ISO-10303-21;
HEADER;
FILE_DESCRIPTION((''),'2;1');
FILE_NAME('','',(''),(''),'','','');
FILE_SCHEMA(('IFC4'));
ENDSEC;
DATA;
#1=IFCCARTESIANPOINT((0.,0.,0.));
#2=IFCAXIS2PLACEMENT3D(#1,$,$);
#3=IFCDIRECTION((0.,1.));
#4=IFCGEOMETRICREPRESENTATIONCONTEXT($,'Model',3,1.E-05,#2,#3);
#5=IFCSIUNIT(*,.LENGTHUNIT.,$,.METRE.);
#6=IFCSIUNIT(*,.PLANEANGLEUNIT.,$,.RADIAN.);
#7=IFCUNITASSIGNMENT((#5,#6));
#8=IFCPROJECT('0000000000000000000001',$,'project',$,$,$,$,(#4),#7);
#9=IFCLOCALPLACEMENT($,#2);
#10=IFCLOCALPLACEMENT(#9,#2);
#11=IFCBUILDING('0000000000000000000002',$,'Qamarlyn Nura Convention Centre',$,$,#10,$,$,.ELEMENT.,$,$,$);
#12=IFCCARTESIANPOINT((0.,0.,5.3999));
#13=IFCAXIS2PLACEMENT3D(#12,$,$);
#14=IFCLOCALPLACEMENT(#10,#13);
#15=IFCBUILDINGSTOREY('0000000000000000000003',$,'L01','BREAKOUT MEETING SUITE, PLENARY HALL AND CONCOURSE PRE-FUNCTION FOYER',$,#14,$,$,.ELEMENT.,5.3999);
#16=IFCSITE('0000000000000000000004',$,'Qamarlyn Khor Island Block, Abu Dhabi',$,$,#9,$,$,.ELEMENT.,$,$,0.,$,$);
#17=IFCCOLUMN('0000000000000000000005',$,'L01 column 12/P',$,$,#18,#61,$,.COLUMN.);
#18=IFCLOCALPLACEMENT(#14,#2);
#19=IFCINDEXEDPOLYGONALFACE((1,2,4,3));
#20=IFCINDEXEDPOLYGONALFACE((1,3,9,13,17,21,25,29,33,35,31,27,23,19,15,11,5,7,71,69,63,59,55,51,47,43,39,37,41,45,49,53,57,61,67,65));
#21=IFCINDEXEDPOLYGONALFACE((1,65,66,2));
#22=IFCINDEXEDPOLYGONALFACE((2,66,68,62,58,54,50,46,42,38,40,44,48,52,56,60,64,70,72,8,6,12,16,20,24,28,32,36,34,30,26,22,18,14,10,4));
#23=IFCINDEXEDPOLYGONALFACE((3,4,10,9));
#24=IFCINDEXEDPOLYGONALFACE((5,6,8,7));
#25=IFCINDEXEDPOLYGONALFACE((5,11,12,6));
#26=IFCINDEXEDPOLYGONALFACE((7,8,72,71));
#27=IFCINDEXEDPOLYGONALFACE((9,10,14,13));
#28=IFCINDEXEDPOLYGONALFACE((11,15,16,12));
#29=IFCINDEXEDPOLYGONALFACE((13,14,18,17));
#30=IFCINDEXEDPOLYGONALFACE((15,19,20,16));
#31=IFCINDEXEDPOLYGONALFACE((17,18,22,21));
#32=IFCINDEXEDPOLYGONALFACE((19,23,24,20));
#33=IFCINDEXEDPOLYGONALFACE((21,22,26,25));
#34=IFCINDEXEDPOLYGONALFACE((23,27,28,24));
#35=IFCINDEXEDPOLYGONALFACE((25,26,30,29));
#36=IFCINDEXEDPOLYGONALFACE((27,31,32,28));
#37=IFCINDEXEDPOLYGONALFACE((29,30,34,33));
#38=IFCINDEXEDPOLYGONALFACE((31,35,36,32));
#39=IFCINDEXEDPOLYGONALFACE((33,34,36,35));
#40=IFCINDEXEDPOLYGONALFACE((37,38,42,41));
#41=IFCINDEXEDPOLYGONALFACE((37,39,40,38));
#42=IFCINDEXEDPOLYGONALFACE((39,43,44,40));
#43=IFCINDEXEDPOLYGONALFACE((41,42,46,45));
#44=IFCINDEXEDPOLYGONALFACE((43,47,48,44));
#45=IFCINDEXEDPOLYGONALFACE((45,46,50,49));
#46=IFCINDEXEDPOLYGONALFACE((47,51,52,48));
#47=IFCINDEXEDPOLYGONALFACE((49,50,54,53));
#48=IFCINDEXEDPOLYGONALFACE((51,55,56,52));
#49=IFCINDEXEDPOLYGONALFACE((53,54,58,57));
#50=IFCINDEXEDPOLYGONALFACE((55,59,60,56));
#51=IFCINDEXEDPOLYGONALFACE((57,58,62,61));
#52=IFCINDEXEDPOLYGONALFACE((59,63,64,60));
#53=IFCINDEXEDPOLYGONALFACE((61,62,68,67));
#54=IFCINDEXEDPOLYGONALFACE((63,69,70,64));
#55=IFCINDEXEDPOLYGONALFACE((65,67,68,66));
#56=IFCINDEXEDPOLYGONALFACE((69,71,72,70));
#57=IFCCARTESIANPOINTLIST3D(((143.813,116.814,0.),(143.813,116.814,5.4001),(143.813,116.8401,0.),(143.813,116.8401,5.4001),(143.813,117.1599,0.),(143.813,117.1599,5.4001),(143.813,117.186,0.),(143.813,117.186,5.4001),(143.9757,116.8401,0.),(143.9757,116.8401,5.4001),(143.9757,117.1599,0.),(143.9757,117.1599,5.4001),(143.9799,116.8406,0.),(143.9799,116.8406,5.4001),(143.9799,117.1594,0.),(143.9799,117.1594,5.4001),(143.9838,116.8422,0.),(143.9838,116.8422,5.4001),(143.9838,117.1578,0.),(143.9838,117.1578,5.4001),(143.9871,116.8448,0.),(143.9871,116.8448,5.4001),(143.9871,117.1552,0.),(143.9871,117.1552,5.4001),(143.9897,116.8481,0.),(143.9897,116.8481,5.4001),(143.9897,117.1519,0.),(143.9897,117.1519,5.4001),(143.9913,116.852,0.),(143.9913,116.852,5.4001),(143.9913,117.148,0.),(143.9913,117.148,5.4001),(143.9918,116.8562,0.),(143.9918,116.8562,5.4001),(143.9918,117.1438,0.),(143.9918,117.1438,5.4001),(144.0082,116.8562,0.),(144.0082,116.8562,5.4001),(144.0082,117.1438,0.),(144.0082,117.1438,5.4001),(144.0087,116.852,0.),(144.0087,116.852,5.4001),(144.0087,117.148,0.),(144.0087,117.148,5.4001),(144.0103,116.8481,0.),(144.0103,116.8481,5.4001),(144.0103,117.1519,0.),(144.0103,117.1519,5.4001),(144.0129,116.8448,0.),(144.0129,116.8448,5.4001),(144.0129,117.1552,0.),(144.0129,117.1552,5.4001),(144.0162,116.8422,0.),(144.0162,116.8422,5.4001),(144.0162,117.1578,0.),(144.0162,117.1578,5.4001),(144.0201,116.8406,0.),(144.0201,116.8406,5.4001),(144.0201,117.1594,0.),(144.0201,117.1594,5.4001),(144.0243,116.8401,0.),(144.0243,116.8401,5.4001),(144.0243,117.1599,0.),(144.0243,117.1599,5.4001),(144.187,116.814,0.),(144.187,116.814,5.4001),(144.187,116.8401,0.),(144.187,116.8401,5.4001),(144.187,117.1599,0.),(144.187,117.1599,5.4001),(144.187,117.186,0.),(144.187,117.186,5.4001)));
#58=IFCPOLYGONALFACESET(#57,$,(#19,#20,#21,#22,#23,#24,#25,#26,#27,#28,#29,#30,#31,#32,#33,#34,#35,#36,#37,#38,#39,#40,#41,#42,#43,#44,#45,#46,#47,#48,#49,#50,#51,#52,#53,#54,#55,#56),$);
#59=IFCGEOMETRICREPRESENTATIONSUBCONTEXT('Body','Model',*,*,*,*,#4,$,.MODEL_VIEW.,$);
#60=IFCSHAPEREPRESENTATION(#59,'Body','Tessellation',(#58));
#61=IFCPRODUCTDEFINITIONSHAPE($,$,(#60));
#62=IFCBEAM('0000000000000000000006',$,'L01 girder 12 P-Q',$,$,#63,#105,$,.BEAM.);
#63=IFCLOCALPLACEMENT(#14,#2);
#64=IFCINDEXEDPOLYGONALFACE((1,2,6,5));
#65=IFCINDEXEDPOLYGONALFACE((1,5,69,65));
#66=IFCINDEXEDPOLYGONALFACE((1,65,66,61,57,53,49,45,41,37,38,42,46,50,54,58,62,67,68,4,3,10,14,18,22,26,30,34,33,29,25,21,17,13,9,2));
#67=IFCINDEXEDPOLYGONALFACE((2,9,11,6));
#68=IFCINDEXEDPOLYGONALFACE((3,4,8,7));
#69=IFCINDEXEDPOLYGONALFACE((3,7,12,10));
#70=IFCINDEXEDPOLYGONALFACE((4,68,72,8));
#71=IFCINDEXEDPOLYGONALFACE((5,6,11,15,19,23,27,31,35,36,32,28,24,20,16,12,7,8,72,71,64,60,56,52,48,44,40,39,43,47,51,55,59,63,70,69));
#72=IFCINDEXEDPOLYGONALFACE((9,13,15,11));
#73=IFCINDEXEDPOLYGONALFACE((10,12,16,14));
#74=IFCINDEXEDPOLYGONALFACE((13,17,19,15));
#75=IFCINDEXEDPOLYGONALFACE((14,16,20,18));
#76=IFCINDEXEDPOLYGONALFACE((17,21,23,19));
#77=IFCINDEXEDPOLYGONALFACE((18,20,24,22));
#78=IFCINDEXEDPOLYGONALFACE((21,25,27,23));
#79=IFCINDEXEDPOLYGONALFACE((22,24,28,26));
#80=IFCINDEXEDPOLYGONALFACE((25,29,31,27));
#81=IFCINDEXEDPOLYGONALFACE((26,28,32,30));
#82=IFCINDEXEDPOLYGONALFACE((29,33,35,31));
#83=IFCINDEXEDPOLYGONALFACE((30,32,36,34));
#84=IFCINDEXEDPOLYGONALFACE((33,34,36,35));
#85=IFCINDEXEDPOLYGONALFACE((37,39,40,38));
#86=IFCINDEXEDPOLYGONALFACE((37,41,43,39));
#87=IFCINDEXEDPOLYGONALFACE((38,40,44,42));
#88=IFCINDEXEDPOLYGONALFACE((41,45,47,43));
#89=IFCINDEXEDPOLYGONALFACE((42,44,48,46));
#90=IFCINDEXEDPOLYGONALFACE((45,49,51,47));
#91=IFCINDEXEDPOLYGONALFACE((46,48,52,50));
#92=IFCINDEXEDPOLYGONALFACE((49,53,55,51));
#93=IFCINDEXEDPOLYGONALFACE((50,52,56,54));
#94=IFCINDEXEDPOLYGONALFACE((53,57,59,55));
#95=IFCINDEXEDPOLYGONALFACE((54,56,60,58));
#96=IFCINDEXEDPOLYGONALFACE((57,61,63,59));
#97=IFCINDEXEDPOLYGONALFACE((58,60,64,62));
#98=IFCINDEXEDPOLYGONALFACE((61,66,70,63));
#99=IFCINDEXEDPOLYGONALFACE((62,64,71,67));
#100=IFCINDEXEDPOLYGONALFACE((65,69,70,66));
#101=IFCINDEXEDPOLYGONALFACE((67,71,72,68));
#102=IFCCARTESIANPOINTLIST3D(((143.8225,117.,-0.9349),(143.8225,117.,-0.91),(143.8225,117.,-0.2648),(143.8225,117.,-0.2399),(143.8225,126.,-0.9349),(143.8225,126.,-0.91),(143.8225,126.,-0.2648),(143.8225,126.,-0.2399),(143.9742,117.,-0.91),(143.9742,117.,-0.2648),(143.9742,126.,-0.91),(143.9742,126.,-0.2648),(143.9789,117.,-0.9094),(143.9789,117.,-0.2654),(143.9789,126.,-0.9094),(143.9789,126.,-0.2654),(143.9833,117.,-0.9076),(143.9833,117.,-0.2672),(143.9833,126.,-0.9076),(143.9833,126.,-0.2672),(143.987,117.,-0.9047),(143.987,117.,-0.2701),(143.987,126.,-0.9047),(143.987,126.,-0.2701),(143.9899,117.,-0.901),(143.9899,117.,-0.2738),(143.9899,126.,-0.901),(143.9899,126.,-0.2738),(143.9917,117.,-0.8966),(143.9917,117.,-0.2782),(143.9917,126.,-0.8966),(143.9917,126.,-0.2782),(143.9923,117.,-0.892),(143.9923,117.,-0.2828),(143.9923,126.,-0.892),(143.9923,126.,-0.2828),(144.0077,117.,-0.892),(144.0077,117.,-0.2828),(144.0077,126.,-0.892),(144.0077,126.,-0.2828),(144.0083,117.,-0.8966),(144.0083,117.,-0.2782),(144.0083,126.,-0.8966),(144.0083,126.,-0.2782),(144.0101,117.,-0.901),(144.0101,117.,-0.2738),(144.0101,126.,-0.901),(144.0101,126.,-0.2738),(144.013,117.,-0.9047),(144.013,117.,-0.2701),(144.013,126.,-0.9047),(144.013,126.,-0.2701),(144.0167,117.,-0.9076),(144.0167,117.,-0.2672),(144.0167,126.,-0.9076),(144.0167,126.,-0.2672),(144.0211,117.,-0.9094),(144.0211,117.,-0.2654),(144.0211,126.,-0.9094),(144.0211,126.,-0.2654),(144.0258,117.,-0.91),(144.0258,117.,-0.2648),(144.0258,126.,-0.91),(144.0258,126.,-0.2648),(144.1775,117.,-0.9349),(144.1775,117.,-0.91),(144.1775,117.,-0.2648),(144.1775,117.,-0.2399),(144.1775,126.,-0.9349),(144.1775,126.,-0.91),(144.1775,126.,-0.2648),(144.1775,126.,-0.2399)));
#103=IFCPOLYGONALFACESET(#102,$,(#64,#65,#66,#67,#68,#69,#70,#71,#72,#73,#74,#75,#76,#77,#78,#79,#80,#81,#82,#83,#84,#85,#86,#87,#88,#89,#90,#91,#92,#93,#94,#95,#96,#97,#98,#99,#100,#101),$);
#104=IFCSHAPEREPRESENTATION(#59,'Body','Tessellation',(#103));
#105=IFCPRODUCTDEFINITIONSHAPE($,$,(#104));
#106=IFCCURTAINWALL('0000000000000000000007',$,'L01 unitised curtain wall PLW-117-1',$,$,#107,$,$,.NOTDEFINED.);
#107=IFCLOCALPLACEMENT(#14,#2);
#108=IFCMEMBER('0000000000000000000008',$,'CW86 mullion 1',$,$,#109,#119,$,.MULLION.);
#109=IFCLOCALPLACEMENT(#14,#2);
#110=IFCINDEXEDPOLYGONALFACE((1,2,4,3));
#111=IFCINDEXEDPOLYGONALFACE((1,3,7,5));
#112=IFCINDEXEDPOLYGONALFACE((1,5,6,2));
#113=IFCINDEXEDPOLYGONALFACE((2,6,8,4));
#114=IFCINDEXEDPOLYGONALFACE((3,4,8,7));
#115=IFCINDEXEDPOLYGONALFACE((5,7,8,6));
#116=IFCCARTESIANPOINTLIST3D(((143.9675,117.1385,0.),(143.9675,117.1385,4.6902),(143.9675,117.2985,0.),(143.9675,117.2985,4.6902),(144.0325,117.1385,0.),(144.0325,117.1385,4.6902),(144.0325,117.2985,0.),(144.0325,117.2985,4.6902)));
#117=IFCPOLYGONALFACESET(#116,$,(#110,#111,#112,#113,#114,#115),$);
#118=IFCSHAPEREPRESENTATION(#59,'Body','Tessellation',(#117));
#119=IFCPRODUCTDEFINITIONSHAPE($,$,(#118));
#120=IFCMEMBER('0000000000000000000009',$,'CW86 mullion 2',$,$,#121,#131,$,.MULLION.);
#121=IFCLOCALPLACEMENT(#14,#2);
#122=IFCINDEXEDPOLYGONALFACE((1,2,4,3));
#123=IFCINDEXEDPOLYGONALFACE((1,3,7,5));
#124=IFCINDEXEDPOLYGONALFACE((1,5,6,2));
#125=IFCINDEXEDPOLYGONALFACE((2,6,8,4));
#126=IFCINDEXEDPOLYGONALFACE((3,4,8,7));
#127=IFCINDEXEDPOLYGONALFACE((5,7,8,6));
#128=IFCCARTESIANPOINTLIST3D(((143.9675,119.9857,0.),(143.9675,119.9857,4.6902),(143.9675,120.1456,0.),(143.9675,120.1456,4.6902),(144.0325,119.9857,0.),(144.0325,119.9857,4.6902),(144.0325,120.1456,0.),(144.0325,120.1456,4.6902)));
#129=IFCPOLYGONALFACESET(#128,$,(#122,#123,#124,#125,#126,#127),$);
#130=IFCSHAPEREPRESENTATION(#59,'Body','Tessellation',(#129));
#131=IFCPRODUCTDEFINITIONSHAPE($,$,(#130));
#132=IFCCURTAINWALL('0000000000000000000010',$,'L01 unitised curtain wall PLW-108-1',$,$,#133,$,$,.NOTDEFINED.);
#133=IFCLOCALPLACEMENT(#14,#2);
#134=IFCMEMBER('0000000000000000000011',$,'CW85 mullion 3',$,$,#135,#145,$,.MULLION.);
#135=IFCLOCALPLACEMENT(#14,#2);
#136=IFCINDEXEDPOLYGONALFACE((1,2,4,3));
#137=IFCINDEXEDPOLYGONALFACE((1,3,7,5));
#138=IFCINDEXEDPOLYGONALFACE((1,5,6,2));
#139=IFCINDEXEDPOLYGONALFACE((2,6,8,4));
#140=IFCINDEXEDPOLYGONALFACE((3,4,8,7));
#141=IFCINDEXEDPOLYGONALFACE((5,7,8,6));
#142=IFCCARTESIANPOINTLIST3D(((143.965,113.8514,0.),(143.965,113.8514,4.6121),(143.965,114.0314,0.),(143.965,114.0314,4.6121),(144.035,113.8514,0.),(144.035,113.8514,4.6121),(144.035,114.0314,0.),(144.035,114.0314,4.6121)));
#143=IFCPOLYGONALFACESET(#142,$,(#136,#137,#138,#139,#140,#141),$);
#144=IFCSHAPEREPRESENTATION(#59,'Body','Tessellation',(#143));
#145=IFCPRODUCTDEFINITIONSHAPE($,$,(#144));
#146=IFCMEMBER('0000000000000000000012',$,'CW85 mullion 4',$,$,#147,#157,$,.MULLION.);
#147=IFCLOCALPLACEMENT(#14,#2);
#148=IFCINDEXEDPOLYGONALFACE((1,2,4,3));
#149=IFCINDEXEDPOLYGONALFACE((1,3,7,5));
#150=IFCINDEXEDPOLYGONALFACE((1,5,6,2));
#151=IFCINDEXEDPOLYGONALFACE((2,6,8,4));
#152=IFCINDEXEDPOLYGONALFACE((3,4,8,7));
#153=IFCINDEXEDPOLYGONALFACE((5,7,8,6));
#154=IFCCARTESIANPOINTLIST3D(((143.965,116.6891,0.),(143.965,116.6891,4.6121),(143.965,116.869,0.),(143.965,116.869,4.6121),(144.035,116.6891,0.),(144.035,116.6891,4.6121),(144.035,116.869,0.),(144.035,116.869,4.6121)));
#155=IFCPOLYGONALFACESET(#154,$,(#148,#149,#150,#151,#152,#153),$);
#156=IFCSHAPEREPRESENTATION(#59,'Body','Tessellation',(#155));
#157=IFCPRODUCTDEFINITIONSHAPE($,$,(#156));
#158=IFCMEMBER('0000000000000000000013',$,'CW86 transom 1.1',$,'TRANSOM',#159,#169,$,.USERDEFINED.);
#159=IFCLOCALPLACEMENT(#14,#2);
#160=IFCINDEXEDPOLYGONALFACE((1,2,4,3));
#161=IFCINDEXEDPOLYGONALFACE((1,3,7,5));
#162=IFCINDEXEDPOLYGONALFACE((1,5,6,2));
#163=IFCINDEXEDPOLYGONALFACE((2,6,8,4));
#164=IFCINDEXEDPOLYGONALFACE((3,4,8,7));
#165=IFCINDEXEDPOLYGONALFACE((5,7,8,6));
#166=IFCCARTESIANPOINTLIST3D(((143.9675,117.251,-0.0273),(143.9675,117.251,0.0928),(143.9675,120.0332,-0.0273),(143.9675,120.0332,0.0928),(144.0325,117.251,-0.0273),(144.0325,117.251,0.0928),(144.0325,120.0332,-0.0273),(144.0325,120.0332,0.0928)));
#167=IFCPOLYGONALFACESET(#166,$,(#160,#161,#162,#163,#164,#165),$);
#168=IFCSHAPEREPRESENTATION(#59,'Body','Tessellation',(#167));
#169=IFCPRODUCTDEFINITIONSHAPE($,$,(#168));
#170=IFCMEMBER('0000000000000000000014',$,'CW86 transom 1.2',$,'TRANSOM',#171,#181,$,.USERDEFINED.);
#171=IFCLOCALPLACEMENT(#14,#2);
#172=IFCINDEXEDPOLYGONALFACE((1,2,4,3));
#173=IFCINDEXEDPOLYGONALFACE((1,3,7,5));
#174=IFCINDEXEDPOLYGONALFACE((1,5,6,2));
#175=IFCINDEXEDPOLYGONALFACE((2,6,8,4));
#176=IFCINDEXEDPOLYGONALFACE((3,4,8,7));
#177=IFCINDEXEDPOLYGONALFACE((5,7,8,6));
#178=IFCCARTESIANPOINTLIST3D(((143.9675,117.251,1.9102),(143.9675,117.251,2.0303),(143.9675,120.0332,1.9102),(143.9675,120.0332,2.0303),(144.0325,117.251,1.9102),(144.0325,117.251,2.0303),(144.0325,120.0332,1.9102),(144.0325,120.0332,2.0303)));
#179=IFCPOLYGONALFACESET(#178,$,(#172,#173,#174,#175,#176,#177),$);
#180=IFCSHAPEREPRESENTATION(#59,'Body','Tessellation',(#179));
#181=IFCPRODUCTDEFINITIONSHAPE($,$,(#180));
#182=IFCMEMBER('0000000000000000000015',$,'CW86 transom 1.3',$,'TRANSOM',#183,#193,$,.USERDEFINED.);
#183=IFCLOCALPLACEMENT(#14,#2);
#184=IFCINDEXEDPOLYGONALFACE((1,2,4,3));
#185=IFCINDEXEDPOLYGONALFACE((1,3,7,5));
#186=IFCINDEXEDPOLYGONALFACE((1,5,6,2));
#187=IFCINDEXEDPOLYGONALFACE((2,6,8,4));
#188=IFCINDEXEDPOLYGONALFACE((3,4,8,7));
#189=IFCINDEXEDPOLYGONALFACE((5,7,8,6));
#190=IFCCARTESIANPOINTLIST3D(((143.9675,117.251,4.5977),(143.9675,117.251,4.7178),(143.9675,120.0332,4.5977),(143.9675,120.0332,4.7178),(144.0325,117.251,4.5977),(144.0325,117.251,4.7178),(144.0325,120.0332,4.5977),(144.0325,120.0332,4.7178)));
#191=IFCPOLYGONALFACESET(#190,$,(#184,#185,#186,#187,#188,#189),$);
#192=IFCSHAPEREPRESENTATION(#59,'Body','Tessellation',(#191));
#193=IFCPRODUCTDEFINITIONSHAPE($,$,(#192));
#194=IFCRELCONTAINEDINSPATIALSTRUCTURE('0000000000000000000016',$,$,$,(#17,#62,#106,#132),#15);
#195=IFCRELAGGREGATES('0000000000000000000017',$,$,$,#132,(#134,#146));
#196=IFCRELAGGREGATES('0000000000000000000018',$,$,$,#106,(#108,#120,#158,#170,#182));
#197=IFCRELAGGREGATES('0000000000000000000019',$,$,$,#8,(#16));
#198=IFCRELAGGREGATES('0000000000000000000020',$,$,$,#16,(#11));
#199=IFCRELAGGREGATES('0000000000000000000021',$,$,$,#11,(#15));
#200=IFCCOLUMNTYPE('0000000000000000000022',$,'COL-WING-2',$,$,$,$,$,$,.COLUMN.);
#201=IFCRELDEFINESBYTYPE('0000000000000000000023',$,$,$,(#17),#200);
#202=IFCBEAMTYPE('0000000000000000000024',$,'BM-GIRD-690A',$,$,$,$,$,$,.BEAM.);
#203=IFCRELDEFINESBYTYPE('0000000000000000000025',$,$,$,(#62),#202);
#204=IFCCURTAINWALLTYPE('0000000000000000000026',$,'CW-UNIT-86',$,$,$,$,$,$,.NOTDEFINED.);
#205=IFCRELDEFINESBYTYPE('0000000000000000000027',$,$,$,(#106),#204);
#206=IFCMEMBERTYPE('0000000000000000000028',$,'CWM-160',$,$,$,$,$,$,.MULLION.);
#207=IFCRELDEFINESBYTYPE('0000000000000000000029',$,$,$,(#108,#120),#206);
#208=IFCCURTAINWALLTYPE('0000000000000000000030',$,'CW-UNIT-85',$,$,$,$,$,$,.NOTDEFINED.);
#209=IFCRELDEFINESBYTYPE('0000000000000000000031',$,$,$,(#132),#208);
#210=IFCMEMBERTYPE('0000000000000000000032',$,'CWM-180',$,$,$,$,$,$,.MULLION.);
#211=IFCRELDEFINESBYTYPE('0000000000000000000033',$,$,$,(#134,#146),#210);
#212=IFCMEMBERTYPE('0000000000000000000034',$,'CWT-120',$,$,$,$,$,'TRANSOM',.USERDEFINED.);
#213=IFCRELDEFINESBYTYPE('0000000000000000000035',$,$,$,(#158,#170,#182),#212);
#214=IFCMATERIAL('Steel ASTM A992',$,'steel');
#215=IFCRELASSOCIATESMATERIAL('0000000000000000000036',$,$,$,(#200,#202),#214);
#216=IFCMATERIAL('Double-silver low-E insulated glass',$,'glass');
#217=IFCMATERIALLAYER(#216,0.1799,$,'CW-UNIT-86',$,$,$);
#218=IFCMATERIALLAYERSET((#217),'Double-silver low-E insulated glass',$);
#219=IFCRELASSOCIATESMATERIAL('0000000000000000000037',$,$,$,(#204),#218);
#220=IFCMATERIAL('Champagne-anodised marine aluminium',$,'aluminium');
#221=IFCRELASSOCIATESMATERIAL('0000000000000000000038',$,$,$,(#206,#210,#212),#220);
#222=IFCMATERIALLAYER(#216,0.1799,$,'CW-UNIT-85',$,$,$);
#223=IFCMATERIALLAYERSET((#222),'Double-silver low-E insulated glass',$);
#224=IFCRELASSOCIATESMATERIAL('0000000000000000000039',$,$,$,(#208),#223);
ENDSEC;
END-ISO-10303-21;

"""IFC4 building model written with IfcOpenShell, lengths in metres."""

from ifc_helpers import new_model, si_unit, direction, frame, origin, origin_2d, place, context, subcontext, project, spatial, rectangle, i_section, extrude, material, layer, layer_set, material_profile, profile_set, type_object, element, aggregate, save


model = new_model("IFC4")

# Units and contexts
model_context = context("Model", 3, precision=1e-05, world=origin(), true_north=direction((0.0, 1.0)))
body_context = subcontext(model_context, "Body", "Model", "MODEL_VIEW")
ifc_project = project(units=[si_unit("LENGTHUNIT", "METRE"), si_unit("PLANEANGLEUNIT", "RADIAN")], contexts=[model_context])

# Site, building, storey
site_placement = place(None, origin())
site = spatial("IfcSite", under=ifc_project, at=site_placement, Name="Qamarlyn Khor Island Block, Abu Dhabi", CompositionType="ELEMENT", RefElevation=0.0)
building_placement = place(site_placement, origin())
building = spatial("IfcBuilding", under=site, at=building_placement, Name="Qamarlyn Nura Convention Centre", CompositionType="ELEMENT")
storey_placement = place(building_placement, frame((0.0, 0.0, 5.3999)))
storey = spatial("IfcBuildingStorey", under=building, at=storey_placement, Name="L01", Description="BREAKOUT MEETING SUITE, PLENARY HALL AND CONCOURSE PRE-FUNCTION FOYER", CompositionType="ELEMENT", Elevation=5.3999)

# Column
ifc_material_1 = material(Name="Steel ASTM A992", Category="steel")
ifc_material_profile_1 = material_profile(ifc_material_1, i_section(OverallWidth=0.374, OverallDepth=0.3721, WebThickness=0.0164, FlangeThickness=0.0261, FilletRadius=0.0161, at=origin_2d()), Name="W360X196")
ifc_profile_set_1 = profile_set([ifc_material_profile_1], Name="Steel ASTM A992")
column_type = type_object("IfcColumnType", Name="COL-WING-2", PredefinedType="COLUMN", material=ifc_profile_set_1)
column_placement = place(storey_placement, frame((144.0, 117.0, 0.0), z_axis=(0.0, 0.0, 1.0), x_axis=(1.0, 0.0, 0.0)))
element("IfcColumn", 1, at=column_placement, inside=storey, type_object=column_type, Name="L01 column 12/P", PredefinedType="COLUMN", context=body_context, shape_type="SweptSolid", body=[
    extrude(i_section(OverallWidth=0.374, OverallDepth=0.3721, WebThickness=0.0164, FlangeThickness=0.0261, FilletRadius=0.0161, at=origin_2d()), origin(), (0.0, 0.0, 1.0), 5.4001),
])

# Beam
ifc_material_profile_2 = material_profile(ifc_material_1, i_section(OverallWidth=0.355, OverallDepth=0.6951, WebThickness=0.0154, FlangeThickness=0.0249, FilletRadius=0.0181, at=origin_2d()), Name="W690X217")
ifc_profile_set_2 = profile_set([ifc_material_profile_2], Name="Steel ASTM A992")
beam_type = type_object("IfcBeamType", Name="BM-GIRD-690A", PredefinedType="BEAM", material=ifc_profile_set_2)
beam_placement = place(storey_placement, frame((144.0, 117.0, -0.5874), z_axis=(0.0, 1.0, 0.0), x_axis=(-1.0, 0.0, 0.0)))
element("IfcBeam", 2, at=beam_placement, inside=storey, type_object=beam_type, Name="L01 girder 12 P-Q", PredefinedType="BEAM", context=body_context, shape_type="SweptSolid", body=[
    extrude(i_section(OverallWidth=0.355, OverallDepth=0.6951, WebThickness=0.0154, FlangeThickness=0.0249, FilletRadius=0.0181, at=origin_2d()), origin(), (0.0, 0.0, 1.0), 9.0),
])

# Curtain walls, members
ifc_material_2 = material(Name="Double-silver low-E insulated glass", Category="glass")
ifc_layer_1 = layer(ifc_material_2, 0.1799, Name="CW-UNIT-86")
ifc_layer_set_1 = layer_set([ifc_layer_1], Name="Double-silver low-E insulated glass")
curtain_wall_type_1 = type_object("IfcCurtainWallType", Name="CW-UNIT-86", PredefinedType="NOTDEFINED", material=ifc_layer_set_1)
curtain_wall_1_placement = place(storey_placement, origin())
curtain_wall_1 = element("IfcCurtainWall", 3, at=curtain_wall_1_placement, inside=storey, type_object=curtain_wall_type_1, Name="L01 unitised curtain wall PLW-117-1", PredefinedType="NOTDEFINED")
ifc_material_3 = material(Name="Champagne-anodised marine aluminium", Category="aluminium")
ifc_material_profile_3 = material_profile(ifc_material_3, rectangle(XDim=0.0649, YDim=0.1599, at=origin_2d()), Name="ALU MULLION 65x160")
ifc_profile_set_3 = profile_set([ifc_material_profile_3], Name="Champagne-anodised marine aluminium")
member_type_1 = type_object("IfcMemberType", Name="CWM-160", PredefinedType="MULLION", material=ifc_profile_set_3)
member_1_placement = place(storey_placement, frame((144.0, 117.2185, 0.0), z_axis=(0.0, 0.0, 1.0), x_axis=(-1.0, 0.0, 0.0)))
member_1 = element("IfcMember", 4, at=member_1_placement, type_object=member_type_1, Name="CW86 mullion 1", PredefinedType="MULLION", context=body_context, shape_type="SweptSolid", body=[
    extrude(rectangle(XDim=0.0649, YDim=0.1599, at=origin_2d()), origin(), (0.0, 0.0, 1.0), 4.6902),
])
member_2_placement = place(storey_placement, frame((144.0, 120.0657, 0.0), z_axis=(0.0, 0.0, 1.0), x_axis=(-1.0, 0.0, 0.0)))
member_2 = element("IfcMember", 5, at=member_2_placement, type_object=member_type_1, Name="CW86 mullion 2", PredefinedType="MULLION", context=body_context, shape_type="SweptSolid", body=[
    extrude(rectangle(XDim=0.0649, YDim=0.1599, at=origin_2d()), origin(), (0.0, 0.0, 1.0), 4.6902),
])
ifc_layer_2 = layer(ifc_material_2, 0.1799, Name="CW-UNIT-85")
ifc_layer_set_2 = layer_set([ifc_layer_2], Name="Double-silver low-E insulated glass")
curtain_wall_type_2 = type_object("IfcCurtainWallType", Name="CW-UNIT-85", PredefinedType="NOTDEFINED", material=ifc_layer_set_2)
curtain_wall_2_placement = place(storey_placement, origin())
curtain_wall_2 = element("IfcCurtainWall", 6, at=curtain_wall_2_placement, inside=storey, type_object=curtain_wall_type_2, Name="L01 unitised curtain wall PLW-108-1", PredefinedType="NOTDEFINED")
ifc_material_profile_4 = material_profile(ifc_material_3, rectangle(XDim=0.0701, YDim=0.1799, at=origin_2d()), Name="ALU MULLION 70x180")
ifc_profile_set_4 = profile_set([ifc_material_profile_4], Name="Champagne-anodised marine aluminium")
member_type_2 = type_object("IfcMemberType", Name="CWM-180", PredefinedType="MULLION", material=ifc_profile_set_4)
member_3_placement = place(storey_placement, frame((144.0, 113.9414, 0.0), z_axis=(0.0, 0.0, 1.0), x_axis=(-1.0, 0.0, 0.0)))
member_3 = element("IfcMember", 7, at=member_3_placement, type_object=member_type_2, Name="CW85 mullion 3", PredefinedType="MULLION", context=body_context, shape_type="SweptSolid", body=[
    extrude(rectangle(XDim=0.0701, YDim=0.1799, at=origin_2d()), origin(), (0.0, 0.0, 1.0), 4.6121),
])
member_4_placement = place(storey_placement, frame((144.0, 116.7791, 0.0), z_axis=(0.0, 0.0, 1.0), x_axis=(-1.0, 0.0, 0.0)))
member_4 = element("IfcMember", 8, at=member_4_placement, type_object=member_type_2, Name="CW85 mullion 4", PredefinedType="MULLION", context=body_context, shape_type="SweptSolid", body=[
    extrude(rectangle(XDim=0.0701, YDim=0.1799, at=origin_2d()), origin(), (0.0, 0.0, 1.0), 4.6121),
])

# Members
ifc_material_profile_5 = material_profile(ifc_material_3, rectangle(XDim=0.0649, YDim=0.1201, at=origin_2d()), Name="ALU TRANSOM 65x120")
ifc_profile_set_5 = profile_set([ifc_material_profile_5], Name="Champagne-anodised marine aluminium")
member_type_3 = type_object("IfcMemberType", Name="CWT-120", ElementType="TRANSOM", PredefinedType="USERDEFINED", material=ifc_profile_set_5)
member_5_placement = place(storey_placement, frame((144.0, 117.251, 0.0327), z_axis=(0.0, 1.0, 0.0), x_axis=(-1.0, 0.0, 0.0)))
member_5 = element("IfcMember", 9, at=member_5_placement, type_object=member_type_3, Name="CW86 transom 1.1", ObjectType="TRANSOM", PredefinedType="USERDEFINED", context=body_context, shape_type="SweptSolid", body=[
    extrude(rectangle(XDim=0.0649, YDim=0.1201, at=origin_2d()), origin(), (0.0, 0.0, 1.0), 2.7822),
])
member_6_placement = place(storey_placement, frame((144.0, 117.251, 1.9702), z_axis=(0.0, 1.0, 0.0), x_axis=(-1.0, 0.0, 0.0)))
member_6 = element("IfcMember", 10, at=member_6_placement, type_object=member_type_3, Name="CW86 transom 1.2", ObjectType="TRANSOM", PredefinedType="USERDEFINED", context=body_context, shape_type="SweptSolid", body=[
    extrude(rectangle(XDim=0.0649, YDim=0.1201, at=origin_2d()), origin(), (0.0, 0.0, 1.0), 2.7822),
])
member_7_placement = place(storey_placement, frame((144.0, 117.251, 4.6577), z_axis=(0.0, 1.0, 0.0), x_axis=(-1.0, 0.0, 0.0)))
member_7 = element("IfcMember", 11, at=member_7_placement, type_object=member_type_3, Name="CW86 transom 1.3", ObjectType="TRANSOM", PredefinedType="USERDEFINED", context=body_context, shape_type="SweptSolid", body=[
    extrude(rectangle(XDim=0.0649, YDim=0.1201, at=origin_2d()), origin(), (0.0, 0.0, 1.0), 2.7822),
])

aggregate(curtain_wall_2, [member_3, member_4])
aggregate(curtain_wall_1, [member_1, member_2, member_5, member_6, member_7])

save(model, "model.ifc")
